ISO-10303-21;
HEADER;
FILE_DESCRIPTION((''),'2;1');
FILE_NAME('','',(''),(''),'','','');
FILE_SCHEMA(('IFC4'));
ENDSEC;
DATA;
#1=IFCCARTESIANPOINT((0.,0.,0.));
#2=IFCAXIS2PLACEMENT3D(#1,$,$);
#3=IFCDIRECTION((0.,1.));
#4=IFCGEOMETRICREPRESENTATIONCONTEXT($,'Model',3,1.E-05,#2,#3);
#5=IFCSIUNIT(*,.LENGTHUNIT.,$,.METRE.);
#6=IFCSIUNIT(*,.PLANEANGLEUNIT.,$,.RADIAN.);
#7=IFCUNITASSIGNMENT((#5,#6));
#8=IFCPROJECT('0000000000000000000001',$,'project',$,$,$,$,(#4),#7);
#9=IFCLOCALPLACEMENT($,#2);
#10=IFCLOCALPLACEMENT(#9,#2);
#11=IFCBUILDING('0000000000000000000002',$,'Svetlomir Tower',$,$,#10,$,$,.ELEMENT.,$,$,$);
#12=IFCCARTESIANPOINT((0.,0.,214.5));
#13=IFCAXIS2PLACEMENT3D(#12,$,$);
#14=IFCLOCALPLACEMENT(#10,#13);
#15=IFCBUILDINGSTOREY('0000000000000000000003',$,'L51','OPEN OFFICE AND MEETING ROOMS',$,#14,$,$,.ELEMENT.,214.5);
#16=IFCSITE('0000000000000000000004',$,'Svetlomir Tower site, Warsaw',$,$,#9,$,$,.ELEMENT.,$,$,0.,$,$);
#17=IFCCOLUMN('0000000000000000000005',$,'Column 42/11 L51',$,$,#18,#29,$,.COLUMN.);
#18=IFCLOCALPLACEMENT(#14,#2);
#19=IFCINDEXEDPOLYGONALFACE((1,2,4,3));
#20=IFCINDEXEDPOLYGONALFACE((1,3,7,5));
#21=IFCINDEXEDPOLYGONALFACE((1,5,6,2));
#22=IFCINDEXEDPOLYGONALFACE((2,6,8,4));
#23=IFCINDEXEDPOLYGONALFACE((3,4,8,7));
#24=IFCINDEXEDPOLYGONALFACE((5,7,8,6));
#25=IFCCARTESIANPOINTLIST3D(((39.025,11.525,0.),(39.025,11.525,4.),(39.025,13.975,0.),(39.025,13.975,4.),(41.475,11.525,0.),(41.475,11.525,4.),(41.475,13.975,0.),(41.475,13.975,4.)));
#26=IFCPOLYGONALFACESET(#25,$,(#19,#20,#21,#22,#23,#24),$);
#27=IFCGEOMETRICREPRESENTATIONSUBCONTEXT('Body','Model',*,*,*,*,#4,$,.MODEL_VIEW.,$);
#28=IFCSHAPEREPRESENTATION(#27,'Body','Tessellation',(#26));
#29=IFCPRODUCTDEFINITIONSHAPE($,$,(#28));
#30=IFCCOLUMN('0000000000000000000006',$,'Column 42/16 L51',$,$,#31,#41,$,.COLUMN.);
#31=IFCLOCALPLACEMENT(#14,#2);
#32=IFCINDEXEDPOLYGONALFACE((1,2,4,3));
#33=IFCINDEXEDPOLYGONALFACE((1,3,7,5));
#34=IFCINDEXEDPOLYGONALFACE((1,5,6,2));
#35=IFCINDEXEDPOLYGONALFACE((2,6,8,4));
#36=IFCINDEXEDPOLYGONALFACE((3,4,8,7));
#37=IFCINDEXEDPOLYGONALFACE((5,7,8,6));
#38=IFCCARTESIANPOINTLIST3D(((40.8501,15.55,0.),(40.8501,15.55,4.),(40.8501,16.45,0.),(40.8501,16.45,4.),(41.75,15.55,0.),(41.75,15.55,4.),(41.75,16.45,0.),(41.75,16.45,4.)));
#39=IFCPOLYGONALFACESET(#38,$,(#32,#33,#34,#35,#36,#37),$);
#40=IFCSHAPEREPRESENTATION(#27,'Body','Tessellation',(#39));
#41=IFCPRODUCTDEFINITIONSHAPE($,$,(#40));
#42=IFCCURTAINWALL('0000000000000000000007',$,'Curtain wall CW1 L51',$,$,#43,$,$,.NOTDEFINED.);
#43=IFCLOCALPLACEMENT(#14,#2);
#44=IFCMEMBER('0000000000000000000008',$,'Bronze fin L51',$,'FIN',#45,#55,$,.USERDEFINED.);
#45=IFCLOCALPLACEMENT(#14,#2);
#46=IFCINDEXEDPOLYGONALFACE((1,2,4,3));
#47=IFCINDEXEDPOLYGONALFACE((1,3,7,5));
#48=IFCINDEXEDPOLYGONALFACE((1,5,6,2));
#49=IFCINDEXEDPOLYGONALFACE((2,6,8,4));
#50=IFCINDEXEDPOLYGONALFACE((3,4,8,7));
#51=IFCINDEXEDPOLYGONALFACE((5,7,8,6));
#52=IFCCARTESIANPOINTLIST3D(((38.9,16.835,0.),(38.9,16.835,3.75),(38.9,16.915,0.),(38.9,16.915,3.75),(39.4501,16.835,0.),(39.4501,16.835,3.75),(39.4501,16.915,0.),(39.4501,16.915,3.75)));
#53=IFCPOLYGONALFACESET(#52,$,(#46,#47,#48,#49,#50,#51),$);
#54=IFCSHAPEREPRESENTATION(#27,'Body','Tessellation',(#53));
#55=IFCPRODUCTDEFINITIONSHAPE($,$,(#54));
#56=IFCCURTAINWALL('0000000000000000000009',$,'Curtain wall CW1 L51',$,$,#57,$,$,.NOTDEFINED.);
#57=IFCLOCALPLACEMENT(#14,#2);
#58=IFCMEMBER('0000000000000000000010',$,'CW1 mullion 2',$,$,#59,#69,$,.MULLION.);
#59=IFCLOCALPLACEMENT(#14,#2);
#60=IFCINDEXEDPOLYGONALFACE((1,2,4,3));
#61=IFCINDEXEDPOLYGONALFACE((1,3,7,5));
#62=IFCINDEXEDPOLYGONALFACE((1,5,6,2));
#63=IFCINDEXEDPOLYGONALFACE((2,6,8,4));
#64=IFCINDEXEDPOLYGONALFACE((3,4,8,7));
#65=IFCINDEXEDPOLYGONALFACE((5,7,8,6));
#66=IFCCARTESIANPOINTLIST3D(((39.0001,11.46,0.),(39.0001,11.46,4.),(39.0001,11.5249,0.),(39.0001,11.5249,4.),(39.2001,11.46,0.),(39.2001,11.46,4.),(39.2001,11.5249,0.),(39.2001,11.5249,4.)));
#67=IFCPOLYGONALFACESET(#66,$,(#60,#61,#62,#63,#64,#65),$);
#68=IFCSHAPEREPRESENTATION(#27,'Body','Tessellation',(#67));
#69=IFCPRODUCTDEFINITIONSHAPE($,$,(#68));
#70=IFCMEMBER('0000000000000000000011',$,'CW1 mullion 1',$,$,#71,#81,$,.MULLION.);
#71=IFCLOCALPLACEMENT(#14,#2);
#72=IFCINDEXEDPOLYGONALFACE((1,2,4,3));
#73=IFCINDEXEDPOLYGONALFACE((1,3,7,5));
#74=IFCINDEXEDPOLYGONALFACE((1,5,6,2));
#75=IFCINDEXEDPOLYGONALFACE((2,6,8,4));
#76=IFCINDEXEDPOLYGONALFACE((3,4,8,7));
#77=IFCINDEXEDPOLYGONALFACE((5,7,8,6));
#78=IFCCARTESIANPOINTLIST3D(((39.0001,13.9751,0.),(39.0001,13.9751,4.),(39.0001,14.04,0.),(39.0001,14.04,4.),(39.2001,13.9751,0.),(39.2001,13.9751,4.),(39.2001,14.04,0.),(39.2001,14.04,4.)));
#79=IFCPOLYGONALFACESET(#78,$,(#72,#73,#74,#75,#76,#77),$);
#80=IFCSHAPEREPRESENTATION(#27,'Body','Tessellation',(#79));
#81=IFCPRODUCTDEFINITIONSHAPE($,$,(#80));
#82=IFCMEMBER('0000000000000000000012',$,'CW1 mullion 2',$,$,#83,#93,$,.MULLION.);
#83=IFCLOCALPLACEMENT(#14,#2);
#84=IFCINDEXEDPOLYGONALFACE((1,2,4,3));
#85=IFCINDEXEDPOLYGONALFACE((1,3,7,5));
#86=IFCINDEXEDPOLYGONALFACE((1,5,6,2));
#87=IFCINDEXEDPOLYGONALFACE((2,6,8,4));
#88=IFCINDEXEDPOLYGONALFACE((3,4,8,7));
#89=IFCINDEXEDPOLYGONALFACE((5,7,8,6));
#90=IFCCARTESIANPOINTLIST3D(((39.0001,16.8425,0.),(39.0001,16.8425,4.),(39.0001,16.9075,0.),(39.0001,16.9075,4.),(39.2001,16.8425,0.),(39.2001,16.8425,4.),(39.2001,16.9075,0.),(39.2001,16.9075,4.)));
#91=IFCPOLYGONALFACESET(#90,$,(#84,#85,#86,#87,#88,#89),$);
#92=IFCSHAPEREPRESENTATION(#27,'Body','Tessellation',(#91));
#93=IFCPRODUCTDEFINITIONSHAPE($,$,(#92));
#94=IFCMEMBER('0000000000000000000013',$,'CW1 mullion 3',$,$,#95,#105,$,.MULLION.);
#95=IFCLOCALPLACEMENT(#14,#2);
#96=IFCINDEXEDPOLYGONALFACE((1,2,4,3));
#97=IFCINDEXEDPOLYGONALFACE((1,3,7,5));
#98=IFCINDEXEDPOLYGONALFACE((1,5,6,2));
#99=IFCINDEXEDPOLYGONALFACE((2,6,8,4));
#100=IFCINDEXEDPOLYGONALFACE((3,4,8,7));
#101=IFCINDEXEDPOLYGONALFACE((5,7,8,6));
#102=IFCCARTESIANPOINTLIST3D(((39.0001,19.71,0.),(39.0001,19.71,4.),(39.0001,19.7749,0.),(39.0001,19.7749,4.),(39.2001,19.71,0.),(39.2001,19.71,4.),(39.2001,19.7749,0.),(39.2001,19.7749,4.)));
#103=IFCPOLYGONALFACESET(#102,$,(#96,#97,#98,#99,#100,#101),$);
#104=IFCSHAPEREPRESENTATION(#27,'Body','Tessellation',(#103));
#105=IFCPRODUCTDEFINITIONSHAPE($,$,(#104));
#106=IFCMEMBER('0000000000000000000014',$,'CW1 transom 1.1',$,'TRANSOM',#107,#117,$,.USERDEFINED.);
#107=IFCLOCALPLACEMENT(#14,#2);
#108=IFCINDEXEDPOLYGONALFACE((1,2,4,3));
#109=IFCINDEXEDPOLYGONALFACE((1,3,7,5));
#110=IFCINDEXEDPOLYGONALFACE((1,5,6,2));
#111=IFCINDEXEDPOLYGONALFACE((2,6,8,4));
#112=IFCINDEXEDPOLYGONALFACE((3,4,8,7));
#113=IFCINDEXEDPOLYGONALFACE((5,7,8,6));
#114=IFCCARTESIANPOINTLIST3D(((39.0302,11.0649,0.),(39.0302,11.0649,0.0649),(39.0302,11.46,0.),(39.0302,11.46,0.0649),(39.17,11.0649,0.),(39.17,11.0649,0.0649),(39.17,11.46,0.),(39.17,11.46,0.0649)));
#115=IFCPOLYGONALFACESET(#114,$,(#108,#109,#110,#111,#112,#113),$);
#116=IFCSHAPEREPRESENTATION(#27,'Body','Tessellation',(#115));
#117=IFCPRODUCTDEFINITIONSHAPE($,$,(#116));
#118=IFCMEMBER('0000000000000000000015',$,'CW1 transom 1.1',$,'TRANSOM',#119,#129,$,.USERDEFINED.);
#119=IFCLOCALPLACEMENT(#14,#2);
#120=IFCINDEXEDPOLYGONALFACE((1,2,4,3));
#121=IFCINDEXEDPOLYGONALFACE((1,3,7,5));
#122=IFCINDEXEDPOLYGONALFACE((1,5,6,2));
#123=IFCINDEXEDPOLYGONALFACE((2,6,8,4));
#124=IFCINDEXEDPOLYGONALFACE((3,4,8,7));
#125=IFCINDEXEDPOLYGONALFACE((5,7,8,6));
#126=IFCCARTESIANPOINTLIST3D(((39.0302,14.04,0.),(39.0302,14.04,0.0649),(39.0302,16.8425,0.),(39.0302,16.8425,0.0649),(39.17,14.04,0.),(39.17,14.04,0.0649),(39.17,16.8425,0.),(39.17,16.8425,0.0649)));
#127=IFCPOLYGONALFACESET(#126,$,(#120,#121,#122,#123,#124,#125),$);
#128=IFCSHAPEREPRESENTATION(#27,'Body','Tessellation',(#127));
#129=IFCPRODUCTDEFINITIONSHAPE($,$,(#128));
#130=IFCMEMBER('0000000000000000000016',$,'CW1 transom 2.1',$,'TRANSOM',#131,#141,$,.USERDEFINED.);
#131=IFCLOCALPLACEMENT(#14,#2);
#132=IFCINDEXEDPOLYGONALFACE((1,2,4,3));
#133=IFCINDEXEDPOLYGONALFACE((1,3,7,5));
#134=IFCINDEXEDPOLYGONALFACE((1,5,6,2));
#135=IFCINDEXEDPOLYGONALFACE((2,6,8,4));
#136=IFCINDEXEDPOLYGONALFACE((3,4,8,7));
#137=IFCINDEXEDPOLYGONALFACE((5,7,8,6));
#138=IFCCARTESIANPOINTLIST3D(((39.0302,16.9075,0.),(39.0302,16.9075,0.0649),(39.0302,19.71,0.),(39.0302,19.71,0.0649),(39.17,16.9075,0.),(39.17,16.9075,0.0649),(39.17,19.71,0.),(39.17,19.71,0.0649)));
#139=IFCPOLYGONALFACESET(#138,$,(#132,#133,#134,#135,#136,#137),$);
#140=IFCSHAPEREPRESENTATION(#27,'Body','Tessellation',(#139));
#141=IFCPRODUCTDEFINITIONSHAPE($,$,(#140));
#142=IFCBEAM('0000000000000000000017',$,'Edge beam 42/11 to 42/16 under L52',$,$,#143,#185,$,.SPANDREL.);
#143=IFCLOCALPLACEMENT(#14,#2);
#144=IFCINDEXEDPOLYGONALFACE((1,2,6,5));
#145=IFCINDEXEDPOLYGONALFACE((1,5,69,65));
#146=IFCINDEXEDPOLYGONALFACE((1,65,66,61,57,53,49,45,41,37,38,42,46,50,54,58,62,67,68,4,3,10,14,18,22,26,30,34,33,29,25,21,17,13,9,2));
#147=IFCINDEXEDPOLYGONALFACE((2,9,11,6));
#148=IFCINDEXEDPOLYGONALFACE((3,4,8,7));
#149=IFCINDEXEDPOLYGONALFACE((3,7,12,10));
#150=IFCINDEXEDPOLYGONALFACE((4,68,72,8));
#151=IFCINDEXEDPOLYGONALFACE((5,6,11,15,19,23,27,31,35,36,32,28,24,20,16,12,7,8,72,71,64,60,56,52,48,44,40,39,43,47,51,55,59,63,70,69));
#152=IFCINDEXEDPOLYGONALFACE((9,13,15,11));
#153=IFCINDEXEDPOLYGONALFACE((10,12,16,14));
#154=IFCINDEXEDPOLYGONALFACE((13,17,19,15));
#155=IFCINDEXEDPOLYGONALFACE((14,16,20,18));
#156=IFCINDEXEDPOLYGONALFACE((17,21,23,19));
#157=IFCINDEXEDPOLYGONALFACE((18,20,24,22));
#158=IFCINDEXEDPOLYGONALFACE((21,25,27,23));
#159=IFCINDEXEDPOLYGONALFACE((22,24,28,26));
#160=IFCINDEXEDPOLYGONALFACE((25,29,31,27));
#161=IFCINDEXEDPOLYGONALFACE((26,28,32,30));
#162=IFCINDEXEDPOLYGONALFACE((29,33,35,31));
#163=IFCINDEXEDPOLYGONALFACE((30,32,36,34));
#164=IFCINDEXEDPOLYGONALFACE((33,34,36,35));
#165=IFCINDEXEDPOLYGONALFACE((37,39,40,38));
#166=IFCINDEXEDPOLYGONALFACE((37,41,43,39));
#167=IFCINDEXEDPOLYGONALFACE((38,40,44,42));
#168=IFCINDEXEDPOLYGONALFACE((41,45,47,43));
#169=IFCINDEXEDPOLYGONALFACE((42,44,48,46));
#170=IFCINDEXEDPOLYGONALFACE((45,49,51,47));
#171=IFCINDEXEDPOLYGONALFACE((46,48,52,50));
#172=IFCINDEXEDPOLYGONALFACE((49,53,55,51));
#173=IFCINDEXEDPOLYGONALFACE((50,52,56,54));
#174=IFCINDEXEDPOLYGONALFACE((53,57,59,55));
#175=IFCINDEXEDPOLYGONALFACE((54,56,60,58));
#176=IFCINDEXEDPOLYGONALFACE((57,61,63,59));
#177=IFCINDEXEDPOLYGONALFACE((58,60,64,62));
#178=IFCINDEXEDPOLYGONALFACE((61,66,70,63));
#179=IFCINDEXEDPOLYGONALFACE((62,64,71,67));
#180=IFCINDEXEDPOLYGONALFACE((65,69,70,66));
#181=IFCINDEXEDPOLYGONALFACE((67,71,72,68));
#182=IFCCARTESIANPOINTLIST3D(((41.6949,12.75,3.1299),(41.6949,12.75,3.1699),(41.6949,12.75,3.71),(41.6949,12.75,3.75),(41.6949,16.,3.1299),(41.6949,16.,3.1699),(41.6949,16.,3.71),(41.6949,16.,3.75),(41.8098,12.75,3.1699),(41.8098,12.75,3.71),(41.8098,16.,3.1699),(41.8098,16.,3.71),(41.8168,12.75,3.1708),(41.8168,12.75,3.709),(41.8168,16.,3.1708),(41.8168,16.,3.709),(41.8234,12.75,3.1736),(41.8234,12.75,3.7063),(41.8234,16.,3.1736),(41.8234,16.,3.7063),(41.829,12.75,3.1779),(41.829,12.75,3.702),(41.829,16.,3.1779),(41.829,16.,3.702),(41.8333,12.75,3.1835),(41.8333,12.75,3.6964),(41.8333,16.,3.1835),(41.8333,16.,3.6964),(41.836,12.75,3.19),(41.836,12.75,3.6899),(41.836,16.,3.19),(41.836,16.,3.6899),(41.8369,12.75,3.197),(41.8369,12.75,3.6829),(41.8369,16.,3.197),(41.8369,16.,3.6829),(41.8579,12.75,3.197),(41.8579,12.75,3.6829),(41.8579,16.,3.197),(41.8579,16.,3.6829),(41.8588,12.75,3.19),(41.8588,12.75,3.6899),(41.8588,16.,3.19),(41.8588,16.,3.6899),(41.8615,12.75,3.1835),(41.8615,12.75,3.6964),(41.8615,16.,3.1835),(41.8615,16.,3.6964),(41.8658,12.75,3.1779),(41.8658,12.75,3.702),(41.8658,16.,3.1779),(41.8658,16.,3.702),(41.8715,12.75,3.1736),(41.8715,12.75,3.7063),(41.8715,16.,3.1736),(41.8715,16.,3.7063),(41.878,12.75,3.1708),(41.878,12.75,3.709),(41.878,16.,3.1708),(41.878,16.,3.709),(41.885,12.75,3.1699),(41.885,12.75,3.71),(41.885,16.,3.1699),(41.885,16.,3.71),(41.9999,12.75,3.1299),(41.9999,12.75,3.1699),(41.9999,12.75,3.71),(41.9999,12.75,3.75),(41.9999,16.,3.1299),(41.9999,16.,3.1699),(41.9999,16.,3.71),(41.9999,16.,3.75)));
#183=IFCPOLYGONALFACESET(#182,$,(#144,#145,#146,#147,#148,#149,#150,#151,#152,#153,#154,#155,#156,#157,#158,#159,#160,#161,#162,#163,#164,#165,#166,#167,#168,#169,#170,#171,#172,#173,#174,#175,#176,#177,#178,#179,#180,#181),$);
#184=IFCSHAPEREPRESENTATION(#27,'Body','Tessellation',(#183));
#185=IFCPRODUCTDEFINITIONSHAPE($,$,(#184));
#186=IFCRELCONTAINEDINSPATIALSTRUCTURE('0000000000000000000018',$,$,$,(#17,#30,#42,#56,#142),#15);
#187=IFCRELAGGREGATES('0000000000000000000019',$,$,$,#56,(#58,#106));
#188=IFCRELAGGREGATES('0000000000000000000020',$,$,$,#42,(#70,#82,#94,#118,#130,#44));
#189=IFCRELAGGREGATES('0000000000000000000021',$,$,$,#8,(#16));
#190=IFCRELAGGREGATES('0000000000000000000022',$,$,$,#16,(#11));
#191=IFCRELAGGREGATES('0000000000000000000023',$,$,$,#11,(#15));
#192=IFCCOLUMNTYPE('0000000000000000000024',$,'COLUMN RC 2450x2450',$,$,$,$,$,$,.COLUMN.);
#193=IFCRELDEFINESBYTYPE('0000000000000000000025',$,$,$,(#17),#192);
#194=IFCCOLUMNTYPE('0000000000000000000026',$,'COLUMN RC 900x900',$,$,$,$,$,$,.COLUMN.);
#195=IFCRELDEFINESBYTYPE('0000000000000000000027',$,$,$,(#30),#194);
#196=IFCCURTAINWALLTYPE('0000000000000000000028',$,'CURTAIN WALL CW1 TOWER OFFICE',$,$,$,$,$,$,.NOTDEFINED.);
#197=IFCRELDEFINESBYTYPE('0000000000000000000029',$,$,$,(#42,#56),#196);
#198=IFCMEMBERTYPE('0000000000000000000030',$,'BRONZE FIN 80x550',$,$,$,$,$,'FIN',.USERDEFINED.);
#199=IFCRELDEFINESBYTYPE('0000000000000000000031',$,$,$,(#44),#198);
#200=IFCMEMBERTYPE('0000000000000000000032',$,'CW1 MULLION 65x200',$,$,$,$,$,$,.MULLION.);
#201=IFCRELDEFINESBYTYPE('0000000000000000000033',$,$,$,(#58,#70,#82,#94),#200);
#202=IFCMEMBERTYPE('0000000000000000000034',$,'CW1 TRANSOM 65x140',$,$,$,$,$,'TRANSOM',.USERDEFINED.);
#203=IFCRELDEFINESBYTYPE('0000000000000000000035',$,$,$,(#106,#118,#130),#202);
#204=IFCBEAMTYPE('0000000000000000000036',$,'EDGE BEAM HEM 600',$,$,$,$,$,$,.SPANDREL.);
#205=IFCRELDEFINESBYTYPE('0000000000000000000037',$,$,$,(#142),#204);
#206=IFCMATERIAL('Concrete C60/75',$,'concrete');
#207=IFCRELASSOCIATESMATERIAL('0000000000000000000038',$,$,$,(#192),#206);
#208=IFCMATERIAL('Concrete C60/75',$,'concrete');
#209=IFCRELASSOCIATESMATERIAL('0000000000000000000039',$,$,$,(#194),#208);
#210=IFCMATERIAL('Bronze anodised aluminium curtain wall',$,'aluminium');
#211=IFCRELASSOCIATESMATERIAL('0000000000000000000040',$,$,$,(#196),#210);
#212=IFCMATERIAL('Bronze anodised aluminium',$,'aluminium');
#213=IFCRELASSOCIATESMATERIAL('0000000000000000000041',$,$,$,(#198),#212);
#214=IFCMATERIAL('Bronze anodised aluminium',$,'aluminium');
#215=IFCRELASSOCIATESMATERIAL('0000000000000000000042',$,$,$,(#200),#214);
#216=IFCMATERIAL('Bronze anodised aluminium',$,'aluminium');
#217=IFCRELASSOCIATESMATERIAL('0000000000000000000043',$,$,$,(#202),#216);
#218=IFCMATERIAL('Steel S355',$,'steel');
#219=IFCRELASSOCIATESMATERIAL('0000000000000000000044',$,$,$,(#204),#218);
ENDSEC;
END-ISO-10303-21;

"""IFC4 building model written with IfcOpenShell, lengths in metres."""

from ifc_helpers import new_model, si_unit, direction, frame, origin, origin_2d, place, context, subcontext, project, spatial, rectangle, i_section, extrude, material, material_profile, profile_set, type_object, element, aggregate, save


model = new_model("IFC4")

# Units and contexts
model_context = context("Model", 3, precision=1e-05, world=origin(), true_north=direction((0.0, 1.0)))
body_context = subcontext(model_context, "Body", "Model", "MODEL_VIEW")
ifc_project = project(units=[si_unit("LENGTHUNIT", "METRE"), si_unit("PLANEANGLEUNIT", "RADIAN")], contexts=[model_context])

# Site, building, storey
site_placement = place(None, origin())
site = spatial("IfcSite", under=ifc_project, at=site_placement, Name="Svetlomir Tower site, Warsaw", CompositionType="ELEMENT", RefElevation=0.0)
building_placement = place(site_placement, origin())
building = spatial("IfcBuilding", under=site, at=building_placement, Name="Svetlomir Tower", CompositionType="ELEMENT")
storey_placement = place(building_placement, frame((0.0, 0.0, 214.5)))
storey = spatial("IfcBuildingStorey", under=building, at=storey_placement, Name="L51", Description="OPEN OFFICE AND MEETING ROOMS", CompositionType="ELEMENT", Elevation=214.5)

# Columns
ifc_material_1 = material(Name="Concrete C60/75", Category="concrete")
ifc_material_profile_1 = material_profile(ifc_material_1, rectangle(XDim=2.45, YDim=2.45, at=origin_2d()), Name="RC 2450x2450")
ifc_profile_set_1 = profile_set([ifc_material_profile_1], Name="Concrete C60/75")
column_type_1 = type_object("IfcColumnType", Name="COLUMN RC 2450x2450", PredefinedType="COLUMN", material=ifc_profile_set_1)
column_1_placement = place(storey_placement, frame((40.25, 12.75, 0.0), z_axis=(0.0, 0.0, 1.0), x_axis=(1.0, 0.0, 0.0)))
element("IfcColumn", 1, at=column_1_placement, inside=storey, type_object=column_type_1, Name="Column 42/11 L51", PredefinedType="COLUMN", context=body_context, shape_type="SweptSolid", body=[
    extrude(rectangle(XDim=2.45, YDim=2.45, at=origin_2d()), origin(), (0.0, 0.0, 1.0), 4.0),
])
ifc_material_2 = material(Name="Concrete C60/75", Category="concrete")
ifc_material_profile_2 = material_profile(ifc_material_2, rectangle(XDim=0.8999, YDim=0.8999, at=origin_2d()), Name="RC 900x900")
ifc_profile_set_2 = profile_set([ifc_material_profile_2], Name="Concrete C60/75")
column_type_2 = type_object("IfcColumnType", Name="COLUMN RC 900x900", PredefinedType="COLUMN", material=ifc_profile_set_2)
column_2_placement = place(storey_placement, frame((41.3, 16.0, 0.0), z_axis=(0.0, 0.0, 1.0), x_axis=(1.0, 0.0, 0.0)))
element("IfcColumn", 2, at=column_2_placement, inside=storey, type_object=column_type_2, Name="Column 42/16 L51", PredefinedType="COLUMN", context=body_context, shape_type="SweptSolid", body=[
    extrude(rectangle(XDim=0.8999, YDim=0.8999, at=origin_2d()), origin(), (0.0, 0.0, 1.0), 4.0),
])

# Curtain walls, members
ifc_material_3 = material(Name="Bronze anodised aluminium curtain wall", Category="aluminium")
curtain_wall_type = type_object("IfcCurtainWallType", Name="CURTAIN WALL CW1 TOWER OFFICE", PredefinedType="NOTDEFINED", material=ifc_material_3)
curtain_wall_1_placement = place(storey_placement, origin())
curtain_wall_1 = element("IfcCurtainWall", 3, at=curtain_wall_1_placement, inside=storey, type_object=curtain_wall_type, Name="Curtain wall CW1 L51", PredefinedType="NOTDEFINED")
ifc_material_4 = material(Name="Bronze anodised aluminium", Category="aluminium")
ifc_material_profile_3 = material_profile(ifc_material_4, rectangle(XDim=0.0801, YDim=0.55, at=origin_2d()), Name="FIN 80x550")
ifc_profile_set_3 = profile_set([ifc_material_profile_3], Name="Bronze anodised aluminium 6063-T6")
member_type_1 = type_object("IfcMemberType", Name="BRONZE FIN 80x550", ElementType="FIN", PredefinedType="USERDEFINED", material=ifc_profile_set_3)
member_1_placement = place(storey_placement, frame((39.175, 16.875, 0.0), z_axis=(0.0, 0.0, 1.0), x_axis=(0.0, 1.0, 0.0)))
member_1 = element("IfcMember", 4, at=member_1_placement, type_object=member_type_1, Name="Bronze fin L51", ObjectType="FIN", PredefinedType="USERDEFINED", context=body_context, shape_type="SweptSolid", body=[
    extrude(rectangle(XDim=0.0801, YDim=0.55, at=origin_2d()), origin(), (0.0, 0.0, 1.0), 3.75),
])
curtain_wall_2_placement = place(storey_placement, origin())
curtain_wall_2 = element("IfcCurtainWall", 5, at=curtain_wall_2_placement, inside=storey, type_object=curtain_wall_type, Name="Curtain wall CW1 L51", PredefinedType="NOTDEFINED")
ifc_material_5 = material(Name="Bronze anodised aluminium", Category="aluminium")
ifc_material_profile_4 = material_profile(ifc_material_5, rectangle(XDim=0.0649, YDim=0.2, at=origin_2d()), Name="AL 65x200")
ifc_profile_set_4 = profile_set([ifc_material_profile_4], Name="Bronze anodised aluminium 6063-T6")
member_type_2 = type_object("IfcMemberType", Name="CW1 MULLION 65x200", PredefinedType="MULLION", material=ifc_profile_set_4)
member_2_placement = place(storey_placement, frame((39.1001, 11.4924, 0.0), z_axis=(0.0, 0.0, 1.0), x_axis=(0.0, 1.0, 0.0)))
member_2 = element("IfcMember", 6, at=member_2_placement, type_object=member_type_2, Name="CW1 mullion 2", PredefinedType="MULLION", context=body_context, shape_type="SweptSolid", body=[
    extrude(rectangle(XDim=0.0649, YDim=0.2, at=origin_2d()), origin(), (0.0, 0.0, 1.0), 4.0),
])

# Members
member_3_placement = place(storey_placement, frame((39.1001, 14.0076, 0.0), z_axis=(0.0, 0.0, 1.0), x_axis=(0.0, 1.0, 0.0)))
member_3 = element("IfcMember", 7, at=member_3_placement, type_object=member_type_2, Name="CW1 mullion 1", PredefinedType="MULLION", context=body_context, shape_type="SweptSolid", body=[
    extrude(rectangle(XDim=0.0649, YDim=0.2, at=origin_2d()), origin(), (0.0, 0.0, 1.0), 4.0),
])
member_4_placement = place(storey_placement, frame((39.1001, 16.875, 0.0), z_axis=(0.0, 0.0, 1.0), x_axis=(0.0, 1.0, 0.0)))
member_4 = element("IfcMember", 8, at=member_4_placement, type_object=member_type_2, Name="CW1 mullion 2", PredefinedType="MULLION", context=body_context, shape_type="SweptSolid", body=[
    extrude(rectangle(XDim=0.0649, YDim=0.2, at=origin_2d()), origin(), (0.0, 0.0, 1.0), 4.0),
])
member_5_placement = place(storey_placement, frame((39.1001, 19.7424, 0.0), z_axis=(0.0, 0.0, 1.0), x_axis=(0.0, 1.0, 0.0)))
member_5 = element("IfcMember", 9, at=member_5_placement, type_object=member_type_2, Name="CW1 mullion 3", PredefinedType="MULLION", context=body_context, shape_type="SweptSolid", body=[
    extrude(rectangle(XDim=0.0649, YDim=0.2, at=origin_2d()), origin(), (0.0, 0.0, 1.0), 4.0),
])
ifc_material_6 = material(Name="Bronze anodised aluminium", Category="aluminium")
ifc_material_profile_5 = material_profile(ifc_material_6, rectangle(XDim=0.1399, YDim=0.0649, at=origin_2d()), Name="AL 140x65")
ifc_profile_set_5 = profile_set([ifc_material_profile_5], Name="Bronze anodised aluminium 6063-T6")
member_type_3 = type_object("IfcMemberType", Name="CW1 TRANSOM 65x140", ElementType="TRANSOM", PredefinedType="USERDEFINED", material=ifc_profile_set_5)
member_6_placement = place(storey_placement, frame((39.1001, 11.0649, 0.0325), z_axis=(0.0, 1.0, 0.0), x_axis=(-1.0, 0.0, 0.0)))
member_6 = element("IfcMember", 10, at=member_6_placement, type_object=member_type_3, Name="CW1 transom 1.1", ObjectType="TRANSOM", PredefinedType="USERDEFINED", context=body_context, shape_type="SweptSolid", body=[
    extrude(rectangle(XDim=0.1399, YDim=0.0649, at=origin_2d()), origin(), (0.0, 0.0, 1.0), 0.395),
])
member_7_placement = place(storey_placement, frame((39.1001, 14.04, 0.0325), z_axis=(0.0, 1.0, 0.0), x_axis=(-1.0, 0.0, 0.0)))
member_7 = element("IfcMember", 11, at=member_7_placement, type_object=member_type_3, Name="CW1 transom 1.1", ObjectType="TRANSOM", PredefinedType="USERDEFINED", context=body_context, shape_type="SweptSolid", body=[
    extrude(rectangle(XDim=0.1399, YDim=0.0649, at=origin_2d()), origin(), (0.0, 0.0, 1.0), 2.8025),
])
member_8_placement = place(storey_placement, frame((39.1001, 16.9075, 0.0325), z_axis=(0.0, 1.0, 0.0), x_axis=(-1.0, 0.0, 0.0)))
member_8 = element("IfcMember", 12, at=member_8_placement, type_object=member_type_3, Name="CW1 transom 2.1", ObjectType="TRANSOM", PredefinedType="USERDEFINED", context=body_context, shape_type="SweptSolid", body=[
    extrude(rectangle(XDim=0.1399, YDim=0.0649, at=origin_2d()), origin(), (0.0, 0.0, 1.0), 2.8025),
])

# Beam
ifc_material_7 = material(Name="Steel S355", Category="steel")
ifc_material_profile_6 = material_profile(ifc_material_7, i_section(OverallWidth=0.3049, OverallDepth=0.6201, WebThickness=0.021, FlangeThickness=0.04, FilletRadius=0.0271, at=origin_2d()), Name="HEM 600")
ifc_profile_set_6 = profile_set([ifc_material_profile_6], Name="Steel S355")
beam_type_1 = type_object("IfcBeamType", Name="EDGE BEAM HEM 600", PredefinedType="SPANDREL", material=ifc_profile_set_6)
beam_1_placement = place(storey_placement, frame((41.8474, 12.75, 3.4399), z_axis=(0.0, 1.0, 0.0), x_axis=(-1.0, 0.0, 0.0)))
element("IfcBeam", 13, at=beam_1_placement, inside=storey, type_object=beam_type_1, Name="Edge beam 42/11 to 42/16 under L52", PredefinedType="SPANDREL", context=body_context, shape_type="SweptSolid", body=[
    extrude(i_section(OverallWidth=0.3049, OverallDepth=0.6201, WebThickness=0.021, FlangeThickness=0.04, FilletRadius=0.0271, at=origin_2d()), origin(), (0.0, 0.0, 1.0), 3.25),
])

aggregate(curtain_wall_2, [member_2, member_6])
aggregate(curtain_wall_1, [member_3, member_4, member_5, member_7, member_8, member_1])

save(model, "model.ifc")
